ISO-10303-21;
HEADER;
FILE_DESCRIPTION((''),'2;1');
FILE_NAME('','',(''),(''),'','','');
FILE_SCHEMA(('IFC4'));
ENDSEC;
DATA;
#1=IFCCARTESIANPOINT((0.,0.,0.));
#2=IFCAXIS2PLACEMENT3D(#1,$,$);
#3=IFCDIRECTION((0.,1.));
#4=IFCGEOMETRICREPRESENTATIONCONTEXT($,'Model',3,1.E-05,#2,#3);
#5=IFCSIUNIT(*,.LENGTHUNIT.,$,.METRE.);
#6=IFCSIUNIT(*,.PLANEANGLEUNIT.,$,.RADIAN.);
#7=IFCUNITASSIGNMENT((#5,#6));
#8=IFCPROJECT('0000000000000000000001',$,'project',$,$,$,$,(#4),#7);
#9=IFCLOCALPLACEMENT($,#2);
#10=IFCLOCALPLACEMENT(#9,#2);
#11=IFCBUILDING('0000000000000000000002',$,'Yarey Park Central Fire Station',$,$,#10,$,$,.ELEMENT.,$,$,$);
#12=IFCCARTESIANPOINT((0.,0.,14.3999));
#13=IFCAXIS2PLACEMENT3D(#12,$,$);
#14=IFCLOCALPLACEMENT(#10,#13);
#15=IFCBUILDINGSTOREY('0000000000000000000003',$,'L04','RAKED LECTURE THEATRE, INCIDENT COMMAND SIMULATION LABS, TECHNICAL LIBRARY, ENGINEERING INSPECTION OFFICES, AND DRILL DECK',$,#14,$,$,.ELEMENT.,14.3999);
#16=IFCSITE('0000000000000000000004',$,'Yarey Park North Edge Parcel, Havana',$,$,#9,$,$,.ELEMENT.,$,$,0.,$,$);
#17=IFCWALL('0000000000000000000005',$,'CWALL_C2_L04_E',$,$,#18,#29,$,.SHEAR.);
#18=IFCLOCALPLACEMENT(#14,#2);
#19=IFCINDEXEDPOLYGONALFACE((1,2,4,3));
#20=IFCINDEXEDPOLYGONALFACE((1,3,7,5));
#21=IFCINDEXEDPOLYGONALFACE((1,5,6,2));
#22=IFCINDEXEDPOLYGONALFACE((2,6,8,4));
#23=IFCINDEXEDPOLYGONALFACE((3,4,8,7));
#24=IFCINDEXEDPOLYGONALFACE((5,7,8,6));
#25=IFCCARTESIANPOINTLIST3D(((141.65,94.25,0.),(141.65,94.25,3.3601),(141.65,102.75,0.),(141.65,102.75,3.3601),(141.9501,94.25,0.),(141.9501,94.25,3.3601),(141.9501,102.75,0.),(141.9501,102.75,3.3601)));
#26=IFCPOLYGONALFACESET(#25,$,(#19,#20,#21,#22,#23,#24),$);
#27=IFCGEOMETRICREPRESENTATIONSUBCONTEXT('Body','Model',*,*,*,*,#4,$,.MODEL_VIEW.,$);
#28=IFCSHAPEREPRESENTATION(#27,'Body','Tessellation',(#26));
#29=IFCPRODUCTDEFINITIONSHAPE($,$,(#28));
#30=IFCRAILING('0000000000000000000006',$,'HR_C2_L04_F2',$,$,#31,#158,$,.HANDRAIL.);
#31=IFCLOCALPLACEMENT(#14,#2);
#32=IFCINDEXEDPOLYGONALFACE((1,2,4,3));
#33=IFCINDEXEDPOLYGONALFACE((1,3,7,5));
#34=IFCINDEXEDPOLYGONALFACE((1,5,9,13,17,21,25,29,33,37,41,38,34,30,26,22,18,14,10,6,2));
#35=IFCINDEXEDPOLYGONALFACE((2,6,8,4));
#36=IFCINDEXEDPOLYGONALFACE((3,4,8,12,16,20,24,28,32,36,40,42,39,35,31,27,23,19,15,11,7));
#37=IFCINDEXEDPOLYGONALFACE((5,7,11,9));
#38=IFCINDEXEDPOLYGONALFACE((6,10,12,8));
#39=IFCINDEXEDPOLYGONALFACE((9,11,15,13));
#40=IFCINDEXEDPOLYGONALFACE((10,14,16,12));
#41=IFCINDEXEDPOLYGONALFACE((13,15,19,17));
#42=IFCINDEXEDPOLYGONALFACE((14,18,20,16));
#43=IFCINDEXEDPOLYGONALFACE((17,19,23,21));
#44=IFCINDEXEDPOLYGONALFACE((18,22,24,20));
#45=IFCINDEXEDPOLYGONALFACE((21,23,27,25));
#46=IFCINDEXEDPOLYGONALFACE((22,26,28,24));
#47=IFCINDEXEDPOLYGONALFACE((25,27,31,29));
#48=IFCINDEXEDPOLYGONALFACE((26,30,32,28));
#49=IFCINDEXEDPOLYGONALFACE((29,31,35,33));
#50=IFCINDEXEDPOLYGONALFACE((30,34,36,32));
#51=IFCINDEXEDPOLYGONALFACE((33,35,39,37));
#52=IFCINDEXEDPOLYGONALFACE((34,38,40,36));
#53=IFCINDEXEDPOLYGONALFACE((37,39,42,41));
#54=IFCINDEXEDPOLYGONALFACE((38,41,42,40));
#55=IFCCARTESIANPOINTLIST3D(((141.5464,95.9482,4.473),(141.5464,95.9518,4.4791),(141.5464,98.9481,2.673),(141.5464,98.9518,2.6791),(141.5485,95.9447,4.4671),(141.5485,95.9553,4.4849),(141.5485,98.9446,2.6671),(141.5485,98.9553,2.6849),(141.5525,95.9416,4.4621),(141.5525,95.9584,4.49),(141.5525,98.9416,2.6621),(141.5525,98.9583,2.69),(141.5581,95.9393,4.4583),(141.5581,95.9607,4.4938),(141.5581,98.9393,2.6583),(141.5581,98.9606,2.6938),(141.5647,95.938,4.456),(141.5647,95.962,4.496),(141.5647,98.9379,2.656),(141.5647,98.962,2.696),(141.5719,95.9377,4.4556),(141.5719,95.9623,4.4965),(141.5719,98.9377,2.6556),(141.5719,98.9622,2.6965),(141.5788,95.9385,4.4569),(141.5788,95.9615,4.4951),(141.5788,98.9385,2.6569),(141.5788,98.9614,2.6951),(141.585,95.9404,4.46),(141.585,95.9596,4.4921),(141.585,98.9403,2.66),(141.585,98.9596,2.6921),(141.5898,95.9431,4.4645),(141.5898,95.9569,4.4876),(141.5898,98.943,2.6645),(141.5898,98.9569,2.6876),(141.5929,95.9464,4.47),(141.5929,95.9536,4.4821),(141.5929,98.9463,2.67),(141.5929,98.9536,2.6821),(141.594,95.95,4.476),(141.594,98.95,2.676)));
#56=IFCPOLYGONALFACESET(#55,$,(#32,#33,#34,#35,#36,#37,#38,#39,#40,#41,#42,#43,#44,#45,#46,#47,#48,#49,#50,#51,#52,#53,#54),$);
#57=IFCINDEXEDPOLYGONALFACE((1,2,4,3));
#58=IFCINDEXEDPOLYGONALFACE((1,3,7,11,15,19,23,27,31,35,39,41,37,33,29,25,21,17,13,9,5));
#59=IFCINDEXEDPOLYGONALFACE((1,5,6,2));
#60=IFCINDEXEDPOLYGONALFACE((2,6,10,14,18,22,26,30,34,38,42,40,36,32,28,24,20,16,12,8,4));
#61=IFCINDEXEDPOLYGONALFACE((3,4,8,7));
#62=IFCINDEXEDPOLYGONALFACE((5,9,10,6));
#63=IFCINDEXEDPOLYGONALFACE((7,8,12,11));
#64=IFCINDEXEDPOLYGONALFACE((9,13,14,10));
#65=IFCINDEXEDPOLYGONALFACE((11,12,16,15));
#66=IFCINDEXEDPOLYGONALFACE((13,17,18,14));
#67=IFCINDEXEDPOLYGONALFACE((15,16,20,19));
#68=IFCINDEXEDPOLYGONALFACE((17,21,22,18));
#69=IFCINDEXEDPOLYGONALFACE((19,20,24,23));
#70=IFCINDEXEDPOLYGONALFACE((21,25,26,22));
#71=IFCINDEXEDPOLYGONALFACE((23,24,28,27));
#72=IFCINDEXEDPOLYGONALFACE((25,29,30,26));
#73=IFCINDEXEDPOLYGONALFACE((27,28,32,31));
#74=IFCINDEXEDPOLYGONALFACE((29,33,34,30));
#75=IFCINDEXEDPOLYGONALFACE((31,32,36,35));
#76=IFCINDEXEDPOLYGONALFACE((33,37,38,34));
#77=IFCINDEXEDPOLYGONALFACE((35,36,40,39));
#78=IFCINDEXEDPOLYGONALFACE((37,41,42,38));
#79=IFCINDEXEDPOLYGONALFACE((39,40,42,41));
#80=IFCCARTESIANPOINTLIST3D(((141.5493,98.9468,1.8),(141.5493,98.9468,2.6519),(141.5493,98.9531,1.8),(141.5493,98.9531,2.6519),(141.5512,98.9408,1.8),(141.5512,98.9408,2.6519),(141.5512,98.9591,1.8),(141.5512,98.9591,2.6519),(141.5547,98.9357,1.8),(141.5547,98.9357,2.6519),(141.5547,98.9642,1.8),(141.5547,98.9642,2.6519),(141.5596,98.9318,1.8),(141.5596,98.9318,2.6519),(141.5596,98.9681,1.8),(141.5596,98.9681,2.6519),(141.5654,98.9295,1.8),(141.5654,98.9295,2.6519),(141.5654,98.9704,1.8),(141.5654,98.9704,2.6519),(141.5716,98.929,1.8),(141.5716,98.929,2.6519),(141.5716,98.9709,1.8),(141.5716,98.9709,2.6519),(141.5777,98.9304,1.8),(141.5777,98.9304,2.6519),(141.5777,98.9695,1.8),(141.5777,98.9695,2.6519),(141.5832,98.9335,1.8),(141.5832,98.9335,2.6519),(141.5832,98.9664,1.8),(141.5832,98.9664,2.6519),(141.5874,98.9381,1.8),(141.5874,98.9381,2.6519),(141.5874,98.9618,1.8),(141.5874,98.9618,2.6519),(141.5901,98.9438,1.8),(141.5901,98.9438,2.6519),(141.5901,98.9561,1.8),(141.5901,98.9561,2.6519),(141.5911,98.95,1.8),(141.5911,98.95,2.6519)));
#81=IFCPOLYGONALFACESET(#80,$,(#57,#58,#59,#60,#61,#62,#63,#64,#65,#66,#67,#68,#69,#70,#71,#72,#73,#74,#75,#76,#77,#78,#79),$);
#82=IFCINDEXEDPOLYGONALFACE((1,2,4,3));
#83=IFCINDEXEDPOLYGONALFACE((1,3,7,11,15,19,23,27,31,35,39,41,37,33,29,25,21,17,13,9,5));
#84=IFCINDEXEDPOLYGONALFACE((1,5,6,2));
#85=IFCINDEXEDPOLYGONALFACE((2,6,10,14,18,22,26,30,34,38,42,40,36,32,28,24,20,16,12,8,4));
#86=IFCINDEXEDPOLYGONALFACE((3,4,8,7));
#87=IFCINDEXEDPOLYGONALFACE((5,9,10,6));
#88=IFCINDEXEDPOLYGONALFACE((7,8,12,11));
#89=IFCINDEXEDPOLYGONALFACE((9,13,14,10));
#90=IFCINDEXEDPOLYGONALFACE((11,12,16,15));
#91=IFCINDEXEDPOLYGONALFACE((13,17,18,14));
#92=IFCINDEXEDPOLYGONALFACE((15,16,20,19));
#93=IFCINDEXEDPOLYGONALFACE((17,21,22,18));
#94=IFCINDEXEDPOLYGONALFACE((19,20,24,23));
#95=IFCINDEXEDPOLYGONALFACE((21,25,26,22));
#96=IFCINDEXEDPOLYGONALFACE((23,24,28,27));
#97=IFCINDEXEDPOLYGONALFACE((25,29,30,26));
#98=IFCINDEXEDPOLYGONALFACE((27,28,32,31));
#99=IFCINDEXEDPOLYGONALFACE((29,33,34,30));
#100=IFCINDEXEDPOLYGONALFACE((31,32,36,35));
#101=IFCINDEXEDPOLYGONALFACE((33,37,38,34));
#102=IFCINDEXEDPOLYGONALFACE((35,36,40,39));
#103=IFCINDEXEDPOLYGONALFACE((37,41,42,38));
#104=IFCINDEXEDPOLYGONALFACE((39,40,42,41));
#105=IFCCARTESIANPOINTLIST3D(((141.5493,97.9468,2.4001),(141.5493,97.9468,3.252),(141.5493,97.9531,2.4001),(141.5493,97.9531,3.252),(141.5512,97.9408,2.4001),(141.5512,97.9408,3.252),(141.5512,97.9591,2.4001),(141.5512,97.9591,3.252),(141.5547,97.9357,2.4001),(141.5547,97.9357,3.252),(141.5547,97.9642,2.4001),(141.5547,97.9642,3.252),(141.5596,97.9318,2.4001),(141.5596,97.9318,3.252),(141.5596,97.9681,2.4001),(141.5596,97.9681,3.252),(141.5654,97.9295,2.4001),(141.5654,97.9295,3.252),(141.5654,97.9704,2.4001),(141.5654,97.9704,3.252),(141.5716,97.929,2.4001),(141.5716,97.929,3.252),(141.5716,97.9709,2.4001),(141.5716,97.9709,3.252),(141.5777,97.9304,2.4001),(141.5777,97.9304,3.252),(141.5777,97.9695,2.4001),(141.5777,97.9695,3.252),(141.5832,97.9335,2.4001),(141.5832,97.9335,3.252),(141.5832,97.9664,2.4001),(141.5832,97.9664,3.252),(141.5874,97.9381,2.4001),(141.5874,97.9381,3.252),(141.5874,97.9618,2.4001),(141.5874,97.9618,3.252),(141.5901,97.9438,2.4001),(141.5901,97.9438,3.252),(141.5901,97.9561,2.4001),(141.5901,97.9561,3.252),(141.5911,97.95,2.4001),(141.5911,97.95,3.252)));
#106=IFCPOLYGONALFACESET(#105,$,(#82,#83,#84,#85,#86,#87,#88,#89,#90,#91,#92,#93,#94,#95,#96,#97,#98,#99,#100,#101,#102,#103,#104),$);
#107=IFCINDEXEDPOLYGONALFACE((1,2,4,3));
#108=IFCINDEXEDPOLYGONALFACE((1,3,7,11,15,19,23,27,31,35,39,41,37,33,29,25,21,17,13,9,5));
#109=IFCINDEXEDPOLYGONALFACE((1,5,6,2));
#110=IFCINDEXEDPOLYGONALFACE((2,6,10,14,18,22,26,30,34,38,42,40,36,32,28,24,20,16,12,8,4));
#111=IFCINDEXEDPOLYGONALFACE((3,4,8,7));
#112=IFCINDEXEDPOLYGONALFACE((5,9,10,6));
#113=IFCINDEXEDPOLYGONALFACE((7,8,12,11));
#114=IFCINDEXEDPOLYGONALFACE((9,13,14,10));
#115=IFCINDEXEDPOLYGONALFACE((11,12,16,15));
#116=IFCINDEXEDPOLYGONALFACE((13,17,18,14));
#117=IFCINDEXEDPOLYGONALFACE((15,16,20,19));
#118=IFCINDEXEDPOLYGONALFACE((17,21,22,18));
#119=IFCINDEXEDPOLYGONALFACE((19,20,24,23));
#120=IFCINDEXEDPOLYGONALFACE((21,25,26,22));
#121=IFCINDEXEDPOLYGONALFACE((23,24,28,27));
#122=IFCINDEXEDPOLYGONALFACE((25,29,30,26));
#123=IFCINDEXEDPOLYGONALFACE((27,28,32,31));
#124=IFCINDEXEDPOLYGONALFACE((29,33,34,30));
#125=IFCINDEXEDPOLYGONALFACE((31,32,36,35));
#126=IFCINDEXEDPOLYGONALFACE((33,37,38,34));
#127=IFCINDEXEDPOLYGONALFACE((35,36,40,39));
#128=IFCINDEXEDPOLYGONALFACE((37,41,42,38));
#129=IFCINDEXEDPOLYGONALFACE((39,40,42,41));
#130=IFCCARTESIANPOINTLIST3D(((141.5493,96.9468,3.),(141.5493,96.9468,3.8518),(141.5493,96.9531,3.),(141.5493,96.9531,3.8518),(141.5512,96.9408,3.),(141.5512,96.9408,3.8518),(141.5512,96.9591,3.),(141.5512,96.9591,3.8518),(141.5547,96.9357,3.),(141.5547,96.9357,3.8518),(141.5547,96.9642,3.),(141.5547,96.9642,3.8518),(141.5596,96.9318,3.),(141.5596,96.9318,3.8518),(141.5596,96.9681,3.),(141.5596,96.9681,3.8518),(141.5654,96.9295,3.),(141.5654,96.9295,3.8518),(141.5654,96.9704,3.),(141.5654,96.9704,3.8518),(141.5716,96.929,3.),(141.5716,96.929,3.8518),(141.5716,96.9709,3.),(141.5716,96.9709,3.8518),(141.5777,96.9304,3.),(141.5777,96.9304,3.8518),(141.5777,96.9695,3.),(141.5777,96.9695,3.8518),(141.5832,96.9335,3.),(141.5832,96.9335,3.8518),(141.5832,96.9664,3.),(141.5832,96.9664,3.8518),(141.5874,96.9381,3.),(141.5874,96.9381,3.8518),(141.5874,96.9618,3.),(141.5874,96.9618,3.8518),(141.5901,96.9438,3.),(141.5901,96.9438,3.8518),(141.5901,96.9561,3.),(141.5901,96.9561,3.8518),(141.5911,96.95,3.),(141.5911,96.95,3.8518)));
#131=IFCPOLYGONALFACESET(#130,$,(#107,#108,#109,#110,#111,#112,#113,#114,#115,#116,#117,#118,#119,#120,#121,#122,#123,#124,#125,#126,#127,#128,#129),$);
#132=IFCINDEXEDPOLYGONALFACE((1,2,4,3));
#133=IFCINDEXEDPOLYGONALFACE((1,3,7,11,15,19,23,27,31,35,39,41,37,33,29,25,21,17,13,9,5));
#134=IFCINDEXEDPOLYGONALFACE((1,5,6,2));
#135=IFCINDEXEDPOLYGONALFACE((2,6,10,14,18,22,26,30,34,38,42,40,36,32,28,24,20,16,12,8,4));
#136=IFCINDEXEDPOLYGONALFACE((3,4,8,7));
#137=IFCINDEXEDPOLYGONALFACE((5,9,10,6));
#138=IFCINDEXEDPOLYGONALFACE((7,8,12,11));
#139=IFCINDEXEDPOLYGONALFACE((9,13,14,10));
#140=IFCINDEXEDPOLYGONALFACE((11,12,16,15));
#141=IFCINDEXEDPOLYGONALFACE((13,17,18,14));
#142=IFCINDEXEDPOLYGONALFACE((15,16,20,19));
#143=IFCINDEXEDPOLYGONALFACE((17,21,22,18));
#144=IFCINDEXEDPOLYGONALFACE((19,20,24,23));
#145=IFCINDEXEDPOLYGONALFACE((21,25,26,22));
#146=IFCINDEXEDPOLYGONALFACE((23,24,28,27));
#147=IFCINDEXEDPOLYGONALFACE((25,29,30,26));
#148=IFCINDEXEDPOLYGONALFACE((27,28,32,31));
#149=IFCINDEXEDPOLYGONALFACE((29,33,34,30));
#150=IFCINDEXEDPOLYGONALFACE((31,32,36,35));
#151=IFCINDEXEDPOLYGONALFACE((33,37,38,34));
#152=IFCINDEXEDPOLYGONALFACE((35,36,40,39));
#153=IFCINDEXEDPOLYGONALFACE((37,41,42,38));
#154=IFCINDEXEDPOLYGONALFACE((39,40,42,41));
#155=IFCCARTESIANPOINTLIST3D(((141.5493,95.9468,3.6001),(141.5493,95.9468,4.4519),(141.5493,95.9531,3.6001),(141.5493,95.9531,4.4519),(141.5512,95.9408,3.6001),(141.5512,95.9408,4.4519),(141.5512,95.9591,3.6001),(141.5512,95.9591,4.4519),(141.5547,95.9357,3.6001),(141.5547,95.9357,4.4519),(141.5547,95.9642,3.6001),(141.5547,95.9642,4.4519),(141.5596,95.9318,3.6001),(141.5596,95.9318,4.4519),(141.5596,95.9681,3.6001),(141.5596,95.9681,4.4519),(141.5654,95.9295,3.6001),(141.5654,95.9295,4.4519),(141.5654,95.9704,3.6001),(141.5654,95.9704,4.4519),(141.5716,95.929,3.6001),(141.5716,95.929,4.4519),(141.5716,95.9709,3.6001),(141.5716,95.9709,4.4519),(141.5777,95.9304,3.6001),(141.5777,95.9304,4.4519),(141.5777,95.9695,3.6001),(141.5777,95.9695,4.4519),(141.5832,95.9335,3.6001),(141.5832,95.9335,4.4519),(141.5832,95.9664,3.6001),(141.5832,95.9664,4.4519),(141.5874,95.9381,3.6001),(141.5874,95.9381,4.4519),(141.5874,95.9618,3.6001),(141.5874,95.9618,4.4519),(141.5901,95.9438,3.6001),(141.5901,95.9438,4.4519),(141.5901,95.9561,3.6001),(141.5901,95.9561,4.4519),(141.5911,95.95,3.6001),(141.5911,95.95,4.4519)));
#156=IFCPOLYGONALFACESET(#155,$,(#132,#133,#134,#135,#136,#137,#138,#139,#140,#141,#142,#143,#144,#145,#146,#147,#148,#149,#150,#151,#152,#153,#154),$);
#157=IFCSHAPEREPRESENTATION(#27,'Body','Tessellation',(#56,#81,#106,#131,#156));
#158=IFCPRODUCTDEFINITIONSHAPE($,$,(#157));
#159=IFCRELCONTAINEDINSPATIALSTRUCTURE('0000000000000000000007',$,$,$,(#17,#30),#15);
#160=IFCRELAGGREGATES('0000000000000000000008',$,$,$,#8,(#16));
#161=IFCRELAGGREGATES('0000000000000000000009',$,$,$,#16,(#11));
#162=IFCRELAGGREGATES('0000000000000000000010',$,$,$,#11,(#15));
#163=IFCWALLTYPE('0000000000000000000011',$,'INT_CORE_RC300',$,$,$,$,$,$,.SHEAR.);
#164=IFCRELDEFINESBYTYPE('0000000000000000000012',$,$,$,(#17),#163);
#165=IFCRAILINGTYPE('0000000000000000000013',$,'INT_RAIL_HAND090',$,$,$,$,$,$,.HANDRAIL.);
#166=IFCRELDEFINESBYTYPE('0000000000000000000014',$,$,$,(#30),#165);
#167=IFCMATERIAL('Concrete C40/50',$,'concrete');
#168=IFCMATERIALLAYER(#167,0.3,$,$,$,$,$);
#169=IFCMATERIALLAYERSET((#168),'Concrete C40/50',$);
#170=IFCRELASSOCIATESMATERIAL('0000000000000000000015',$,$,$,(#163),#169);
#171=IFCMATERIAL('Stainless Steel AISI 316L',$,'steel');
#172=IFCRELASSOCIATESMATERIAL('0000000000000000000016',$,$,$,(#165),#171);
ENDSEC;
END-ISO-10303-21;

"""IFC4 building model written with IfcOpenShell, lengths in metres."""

from ifc_helpers import new_model, si_unit, direction, frame, frame_2d, origin, origin_2d, place, context, subcontext, project, spatial, rectangle, circle, extrude, material, layer, layer_set, type_object, element, save


model = new_model("IFC4")

# Units and contexts
model_context = context("Model", 3, precision=1e-05, world=origin(), true_north=direction((0.0, 1.0)))
body_context = subcontext(model_context, "Body", "Model", "MODEL_VIEW")
ifc_project = project(units=[si_unit("LENGTHUNIT", "METRE"), si_unit("PLANEANGLEUNIT", "RADIAN")], contexts=[model_context])

# Site, building, storey
site_placement = place(None, origin())
site = spatial("IfcSite", under=ifc_project, at=site_placement, Name="Yarey Park North Edge Parcel, Havana", CompositionType="ELEMENT", RefElevation=0.0)
building_placement = place(site_placement, origin())
building = spatial("IfcBuilding", under=site, at=building_placement, Name="Yarey Park Central Fire Station", CompositionType="ELEMENT")
storey_placement = place(building_placement, frame((0.0, 0.0, 14.3999)))
storey = spatial("IfcBuildingStorey", under=building, at=storey_placement, Name="L04", Description="RAKED LECTURE THEATRE, INCIDENT COMMAND SIMULATION LABS, TECHNICAL LIBRARY, ENGINEERING INSPECTION OFFICES, AND DRILL DECK", CompositionType="ELEMENT", Elevation=14.3999)

# Shared definitions
ifc_material_1 = material(Name="Concrete C40/50", Category="concrete")

# Wall
ifc_layer_1 = layer(ifc_material_1, 0.3)
ifc_layer_set_1 = layer_set([ifc_layer_1], Name="Concrete C40/50")
wall_type = type_object("IfcWallType", Name="INT_CORE_RC300", PredefinedType="SHEAR", material=ifc_layer_set_1)
wall_placement = place(storey_placement, frame((141.8, 94.25, 0.0), z_axis=(0.0, 0.0, 1.0), x_axis=(0.0, 1.0, 0.0)))
element("IfcWall", 1, at=wall_placement, inside=storey, type_object=wall_type, Name="CWALL_C2_L04_E", PredefinedType="SHEAR", context=body_context, shape_type="SweptSolid", body=[
    extrude(rectangle(XDim=8.5, YDim=0.3, at=frame_2d((4.25, 0.0))), origin(), (0.0, 0.0, 1.0), 3.3601),
])

# Railing
ifc_material_2 = material(Name="Stainless Steel AISI 316L", Category="steel")
railing_type = type_object("IfcRailingType", Name="INT_RAIL_HAND090", PredefinedType="HANDRAIL", material=ifc_material_2)
railing_placement = place(storey_placement, frame((141.5701, 98.95, 1.8)))
element("IfcRailing", 2, at=railing_placement, inside=storey, type_object=railing_type, Name="HR_C2_L04_F2", PredefinedType="HANDRAIL", context=body_context, shape_type="SweptSolid", body=[
    extrude(circle(Radius=0.0239, at=origin_2d()), frame((0.0, 0.0, 0.876), z_axis=(0.0, -0.857487, 0.514506), x_axis=(1.0, 0.0, 0.0)), (0.0, 0.0, 1.0), 3.4985),
    extrude(circle(Radius=0.021, at=origin_2d()), origin(), (0.0, 0.0, 1.0), 0.8518),
    extrude(circle(Radius=0.021, at=origin_2d()), frame((0.0, -1.0, 0.6001)), (0.0, 0.0, 1.0), 0.8518),
    extrude(circle(Radius=0.021, at=origin_2d()), frame((0.0, -2.0, 1.2)), (0.0, 0.0, 1.0), 0.8518),
    extrude(circle(Radius=0.021, at=origin_2d()), frame((0.0, -3.0, 1.8)), (0.0, 0.0, 1.0), 0.8518),
])

save(model, "model.ifc")
